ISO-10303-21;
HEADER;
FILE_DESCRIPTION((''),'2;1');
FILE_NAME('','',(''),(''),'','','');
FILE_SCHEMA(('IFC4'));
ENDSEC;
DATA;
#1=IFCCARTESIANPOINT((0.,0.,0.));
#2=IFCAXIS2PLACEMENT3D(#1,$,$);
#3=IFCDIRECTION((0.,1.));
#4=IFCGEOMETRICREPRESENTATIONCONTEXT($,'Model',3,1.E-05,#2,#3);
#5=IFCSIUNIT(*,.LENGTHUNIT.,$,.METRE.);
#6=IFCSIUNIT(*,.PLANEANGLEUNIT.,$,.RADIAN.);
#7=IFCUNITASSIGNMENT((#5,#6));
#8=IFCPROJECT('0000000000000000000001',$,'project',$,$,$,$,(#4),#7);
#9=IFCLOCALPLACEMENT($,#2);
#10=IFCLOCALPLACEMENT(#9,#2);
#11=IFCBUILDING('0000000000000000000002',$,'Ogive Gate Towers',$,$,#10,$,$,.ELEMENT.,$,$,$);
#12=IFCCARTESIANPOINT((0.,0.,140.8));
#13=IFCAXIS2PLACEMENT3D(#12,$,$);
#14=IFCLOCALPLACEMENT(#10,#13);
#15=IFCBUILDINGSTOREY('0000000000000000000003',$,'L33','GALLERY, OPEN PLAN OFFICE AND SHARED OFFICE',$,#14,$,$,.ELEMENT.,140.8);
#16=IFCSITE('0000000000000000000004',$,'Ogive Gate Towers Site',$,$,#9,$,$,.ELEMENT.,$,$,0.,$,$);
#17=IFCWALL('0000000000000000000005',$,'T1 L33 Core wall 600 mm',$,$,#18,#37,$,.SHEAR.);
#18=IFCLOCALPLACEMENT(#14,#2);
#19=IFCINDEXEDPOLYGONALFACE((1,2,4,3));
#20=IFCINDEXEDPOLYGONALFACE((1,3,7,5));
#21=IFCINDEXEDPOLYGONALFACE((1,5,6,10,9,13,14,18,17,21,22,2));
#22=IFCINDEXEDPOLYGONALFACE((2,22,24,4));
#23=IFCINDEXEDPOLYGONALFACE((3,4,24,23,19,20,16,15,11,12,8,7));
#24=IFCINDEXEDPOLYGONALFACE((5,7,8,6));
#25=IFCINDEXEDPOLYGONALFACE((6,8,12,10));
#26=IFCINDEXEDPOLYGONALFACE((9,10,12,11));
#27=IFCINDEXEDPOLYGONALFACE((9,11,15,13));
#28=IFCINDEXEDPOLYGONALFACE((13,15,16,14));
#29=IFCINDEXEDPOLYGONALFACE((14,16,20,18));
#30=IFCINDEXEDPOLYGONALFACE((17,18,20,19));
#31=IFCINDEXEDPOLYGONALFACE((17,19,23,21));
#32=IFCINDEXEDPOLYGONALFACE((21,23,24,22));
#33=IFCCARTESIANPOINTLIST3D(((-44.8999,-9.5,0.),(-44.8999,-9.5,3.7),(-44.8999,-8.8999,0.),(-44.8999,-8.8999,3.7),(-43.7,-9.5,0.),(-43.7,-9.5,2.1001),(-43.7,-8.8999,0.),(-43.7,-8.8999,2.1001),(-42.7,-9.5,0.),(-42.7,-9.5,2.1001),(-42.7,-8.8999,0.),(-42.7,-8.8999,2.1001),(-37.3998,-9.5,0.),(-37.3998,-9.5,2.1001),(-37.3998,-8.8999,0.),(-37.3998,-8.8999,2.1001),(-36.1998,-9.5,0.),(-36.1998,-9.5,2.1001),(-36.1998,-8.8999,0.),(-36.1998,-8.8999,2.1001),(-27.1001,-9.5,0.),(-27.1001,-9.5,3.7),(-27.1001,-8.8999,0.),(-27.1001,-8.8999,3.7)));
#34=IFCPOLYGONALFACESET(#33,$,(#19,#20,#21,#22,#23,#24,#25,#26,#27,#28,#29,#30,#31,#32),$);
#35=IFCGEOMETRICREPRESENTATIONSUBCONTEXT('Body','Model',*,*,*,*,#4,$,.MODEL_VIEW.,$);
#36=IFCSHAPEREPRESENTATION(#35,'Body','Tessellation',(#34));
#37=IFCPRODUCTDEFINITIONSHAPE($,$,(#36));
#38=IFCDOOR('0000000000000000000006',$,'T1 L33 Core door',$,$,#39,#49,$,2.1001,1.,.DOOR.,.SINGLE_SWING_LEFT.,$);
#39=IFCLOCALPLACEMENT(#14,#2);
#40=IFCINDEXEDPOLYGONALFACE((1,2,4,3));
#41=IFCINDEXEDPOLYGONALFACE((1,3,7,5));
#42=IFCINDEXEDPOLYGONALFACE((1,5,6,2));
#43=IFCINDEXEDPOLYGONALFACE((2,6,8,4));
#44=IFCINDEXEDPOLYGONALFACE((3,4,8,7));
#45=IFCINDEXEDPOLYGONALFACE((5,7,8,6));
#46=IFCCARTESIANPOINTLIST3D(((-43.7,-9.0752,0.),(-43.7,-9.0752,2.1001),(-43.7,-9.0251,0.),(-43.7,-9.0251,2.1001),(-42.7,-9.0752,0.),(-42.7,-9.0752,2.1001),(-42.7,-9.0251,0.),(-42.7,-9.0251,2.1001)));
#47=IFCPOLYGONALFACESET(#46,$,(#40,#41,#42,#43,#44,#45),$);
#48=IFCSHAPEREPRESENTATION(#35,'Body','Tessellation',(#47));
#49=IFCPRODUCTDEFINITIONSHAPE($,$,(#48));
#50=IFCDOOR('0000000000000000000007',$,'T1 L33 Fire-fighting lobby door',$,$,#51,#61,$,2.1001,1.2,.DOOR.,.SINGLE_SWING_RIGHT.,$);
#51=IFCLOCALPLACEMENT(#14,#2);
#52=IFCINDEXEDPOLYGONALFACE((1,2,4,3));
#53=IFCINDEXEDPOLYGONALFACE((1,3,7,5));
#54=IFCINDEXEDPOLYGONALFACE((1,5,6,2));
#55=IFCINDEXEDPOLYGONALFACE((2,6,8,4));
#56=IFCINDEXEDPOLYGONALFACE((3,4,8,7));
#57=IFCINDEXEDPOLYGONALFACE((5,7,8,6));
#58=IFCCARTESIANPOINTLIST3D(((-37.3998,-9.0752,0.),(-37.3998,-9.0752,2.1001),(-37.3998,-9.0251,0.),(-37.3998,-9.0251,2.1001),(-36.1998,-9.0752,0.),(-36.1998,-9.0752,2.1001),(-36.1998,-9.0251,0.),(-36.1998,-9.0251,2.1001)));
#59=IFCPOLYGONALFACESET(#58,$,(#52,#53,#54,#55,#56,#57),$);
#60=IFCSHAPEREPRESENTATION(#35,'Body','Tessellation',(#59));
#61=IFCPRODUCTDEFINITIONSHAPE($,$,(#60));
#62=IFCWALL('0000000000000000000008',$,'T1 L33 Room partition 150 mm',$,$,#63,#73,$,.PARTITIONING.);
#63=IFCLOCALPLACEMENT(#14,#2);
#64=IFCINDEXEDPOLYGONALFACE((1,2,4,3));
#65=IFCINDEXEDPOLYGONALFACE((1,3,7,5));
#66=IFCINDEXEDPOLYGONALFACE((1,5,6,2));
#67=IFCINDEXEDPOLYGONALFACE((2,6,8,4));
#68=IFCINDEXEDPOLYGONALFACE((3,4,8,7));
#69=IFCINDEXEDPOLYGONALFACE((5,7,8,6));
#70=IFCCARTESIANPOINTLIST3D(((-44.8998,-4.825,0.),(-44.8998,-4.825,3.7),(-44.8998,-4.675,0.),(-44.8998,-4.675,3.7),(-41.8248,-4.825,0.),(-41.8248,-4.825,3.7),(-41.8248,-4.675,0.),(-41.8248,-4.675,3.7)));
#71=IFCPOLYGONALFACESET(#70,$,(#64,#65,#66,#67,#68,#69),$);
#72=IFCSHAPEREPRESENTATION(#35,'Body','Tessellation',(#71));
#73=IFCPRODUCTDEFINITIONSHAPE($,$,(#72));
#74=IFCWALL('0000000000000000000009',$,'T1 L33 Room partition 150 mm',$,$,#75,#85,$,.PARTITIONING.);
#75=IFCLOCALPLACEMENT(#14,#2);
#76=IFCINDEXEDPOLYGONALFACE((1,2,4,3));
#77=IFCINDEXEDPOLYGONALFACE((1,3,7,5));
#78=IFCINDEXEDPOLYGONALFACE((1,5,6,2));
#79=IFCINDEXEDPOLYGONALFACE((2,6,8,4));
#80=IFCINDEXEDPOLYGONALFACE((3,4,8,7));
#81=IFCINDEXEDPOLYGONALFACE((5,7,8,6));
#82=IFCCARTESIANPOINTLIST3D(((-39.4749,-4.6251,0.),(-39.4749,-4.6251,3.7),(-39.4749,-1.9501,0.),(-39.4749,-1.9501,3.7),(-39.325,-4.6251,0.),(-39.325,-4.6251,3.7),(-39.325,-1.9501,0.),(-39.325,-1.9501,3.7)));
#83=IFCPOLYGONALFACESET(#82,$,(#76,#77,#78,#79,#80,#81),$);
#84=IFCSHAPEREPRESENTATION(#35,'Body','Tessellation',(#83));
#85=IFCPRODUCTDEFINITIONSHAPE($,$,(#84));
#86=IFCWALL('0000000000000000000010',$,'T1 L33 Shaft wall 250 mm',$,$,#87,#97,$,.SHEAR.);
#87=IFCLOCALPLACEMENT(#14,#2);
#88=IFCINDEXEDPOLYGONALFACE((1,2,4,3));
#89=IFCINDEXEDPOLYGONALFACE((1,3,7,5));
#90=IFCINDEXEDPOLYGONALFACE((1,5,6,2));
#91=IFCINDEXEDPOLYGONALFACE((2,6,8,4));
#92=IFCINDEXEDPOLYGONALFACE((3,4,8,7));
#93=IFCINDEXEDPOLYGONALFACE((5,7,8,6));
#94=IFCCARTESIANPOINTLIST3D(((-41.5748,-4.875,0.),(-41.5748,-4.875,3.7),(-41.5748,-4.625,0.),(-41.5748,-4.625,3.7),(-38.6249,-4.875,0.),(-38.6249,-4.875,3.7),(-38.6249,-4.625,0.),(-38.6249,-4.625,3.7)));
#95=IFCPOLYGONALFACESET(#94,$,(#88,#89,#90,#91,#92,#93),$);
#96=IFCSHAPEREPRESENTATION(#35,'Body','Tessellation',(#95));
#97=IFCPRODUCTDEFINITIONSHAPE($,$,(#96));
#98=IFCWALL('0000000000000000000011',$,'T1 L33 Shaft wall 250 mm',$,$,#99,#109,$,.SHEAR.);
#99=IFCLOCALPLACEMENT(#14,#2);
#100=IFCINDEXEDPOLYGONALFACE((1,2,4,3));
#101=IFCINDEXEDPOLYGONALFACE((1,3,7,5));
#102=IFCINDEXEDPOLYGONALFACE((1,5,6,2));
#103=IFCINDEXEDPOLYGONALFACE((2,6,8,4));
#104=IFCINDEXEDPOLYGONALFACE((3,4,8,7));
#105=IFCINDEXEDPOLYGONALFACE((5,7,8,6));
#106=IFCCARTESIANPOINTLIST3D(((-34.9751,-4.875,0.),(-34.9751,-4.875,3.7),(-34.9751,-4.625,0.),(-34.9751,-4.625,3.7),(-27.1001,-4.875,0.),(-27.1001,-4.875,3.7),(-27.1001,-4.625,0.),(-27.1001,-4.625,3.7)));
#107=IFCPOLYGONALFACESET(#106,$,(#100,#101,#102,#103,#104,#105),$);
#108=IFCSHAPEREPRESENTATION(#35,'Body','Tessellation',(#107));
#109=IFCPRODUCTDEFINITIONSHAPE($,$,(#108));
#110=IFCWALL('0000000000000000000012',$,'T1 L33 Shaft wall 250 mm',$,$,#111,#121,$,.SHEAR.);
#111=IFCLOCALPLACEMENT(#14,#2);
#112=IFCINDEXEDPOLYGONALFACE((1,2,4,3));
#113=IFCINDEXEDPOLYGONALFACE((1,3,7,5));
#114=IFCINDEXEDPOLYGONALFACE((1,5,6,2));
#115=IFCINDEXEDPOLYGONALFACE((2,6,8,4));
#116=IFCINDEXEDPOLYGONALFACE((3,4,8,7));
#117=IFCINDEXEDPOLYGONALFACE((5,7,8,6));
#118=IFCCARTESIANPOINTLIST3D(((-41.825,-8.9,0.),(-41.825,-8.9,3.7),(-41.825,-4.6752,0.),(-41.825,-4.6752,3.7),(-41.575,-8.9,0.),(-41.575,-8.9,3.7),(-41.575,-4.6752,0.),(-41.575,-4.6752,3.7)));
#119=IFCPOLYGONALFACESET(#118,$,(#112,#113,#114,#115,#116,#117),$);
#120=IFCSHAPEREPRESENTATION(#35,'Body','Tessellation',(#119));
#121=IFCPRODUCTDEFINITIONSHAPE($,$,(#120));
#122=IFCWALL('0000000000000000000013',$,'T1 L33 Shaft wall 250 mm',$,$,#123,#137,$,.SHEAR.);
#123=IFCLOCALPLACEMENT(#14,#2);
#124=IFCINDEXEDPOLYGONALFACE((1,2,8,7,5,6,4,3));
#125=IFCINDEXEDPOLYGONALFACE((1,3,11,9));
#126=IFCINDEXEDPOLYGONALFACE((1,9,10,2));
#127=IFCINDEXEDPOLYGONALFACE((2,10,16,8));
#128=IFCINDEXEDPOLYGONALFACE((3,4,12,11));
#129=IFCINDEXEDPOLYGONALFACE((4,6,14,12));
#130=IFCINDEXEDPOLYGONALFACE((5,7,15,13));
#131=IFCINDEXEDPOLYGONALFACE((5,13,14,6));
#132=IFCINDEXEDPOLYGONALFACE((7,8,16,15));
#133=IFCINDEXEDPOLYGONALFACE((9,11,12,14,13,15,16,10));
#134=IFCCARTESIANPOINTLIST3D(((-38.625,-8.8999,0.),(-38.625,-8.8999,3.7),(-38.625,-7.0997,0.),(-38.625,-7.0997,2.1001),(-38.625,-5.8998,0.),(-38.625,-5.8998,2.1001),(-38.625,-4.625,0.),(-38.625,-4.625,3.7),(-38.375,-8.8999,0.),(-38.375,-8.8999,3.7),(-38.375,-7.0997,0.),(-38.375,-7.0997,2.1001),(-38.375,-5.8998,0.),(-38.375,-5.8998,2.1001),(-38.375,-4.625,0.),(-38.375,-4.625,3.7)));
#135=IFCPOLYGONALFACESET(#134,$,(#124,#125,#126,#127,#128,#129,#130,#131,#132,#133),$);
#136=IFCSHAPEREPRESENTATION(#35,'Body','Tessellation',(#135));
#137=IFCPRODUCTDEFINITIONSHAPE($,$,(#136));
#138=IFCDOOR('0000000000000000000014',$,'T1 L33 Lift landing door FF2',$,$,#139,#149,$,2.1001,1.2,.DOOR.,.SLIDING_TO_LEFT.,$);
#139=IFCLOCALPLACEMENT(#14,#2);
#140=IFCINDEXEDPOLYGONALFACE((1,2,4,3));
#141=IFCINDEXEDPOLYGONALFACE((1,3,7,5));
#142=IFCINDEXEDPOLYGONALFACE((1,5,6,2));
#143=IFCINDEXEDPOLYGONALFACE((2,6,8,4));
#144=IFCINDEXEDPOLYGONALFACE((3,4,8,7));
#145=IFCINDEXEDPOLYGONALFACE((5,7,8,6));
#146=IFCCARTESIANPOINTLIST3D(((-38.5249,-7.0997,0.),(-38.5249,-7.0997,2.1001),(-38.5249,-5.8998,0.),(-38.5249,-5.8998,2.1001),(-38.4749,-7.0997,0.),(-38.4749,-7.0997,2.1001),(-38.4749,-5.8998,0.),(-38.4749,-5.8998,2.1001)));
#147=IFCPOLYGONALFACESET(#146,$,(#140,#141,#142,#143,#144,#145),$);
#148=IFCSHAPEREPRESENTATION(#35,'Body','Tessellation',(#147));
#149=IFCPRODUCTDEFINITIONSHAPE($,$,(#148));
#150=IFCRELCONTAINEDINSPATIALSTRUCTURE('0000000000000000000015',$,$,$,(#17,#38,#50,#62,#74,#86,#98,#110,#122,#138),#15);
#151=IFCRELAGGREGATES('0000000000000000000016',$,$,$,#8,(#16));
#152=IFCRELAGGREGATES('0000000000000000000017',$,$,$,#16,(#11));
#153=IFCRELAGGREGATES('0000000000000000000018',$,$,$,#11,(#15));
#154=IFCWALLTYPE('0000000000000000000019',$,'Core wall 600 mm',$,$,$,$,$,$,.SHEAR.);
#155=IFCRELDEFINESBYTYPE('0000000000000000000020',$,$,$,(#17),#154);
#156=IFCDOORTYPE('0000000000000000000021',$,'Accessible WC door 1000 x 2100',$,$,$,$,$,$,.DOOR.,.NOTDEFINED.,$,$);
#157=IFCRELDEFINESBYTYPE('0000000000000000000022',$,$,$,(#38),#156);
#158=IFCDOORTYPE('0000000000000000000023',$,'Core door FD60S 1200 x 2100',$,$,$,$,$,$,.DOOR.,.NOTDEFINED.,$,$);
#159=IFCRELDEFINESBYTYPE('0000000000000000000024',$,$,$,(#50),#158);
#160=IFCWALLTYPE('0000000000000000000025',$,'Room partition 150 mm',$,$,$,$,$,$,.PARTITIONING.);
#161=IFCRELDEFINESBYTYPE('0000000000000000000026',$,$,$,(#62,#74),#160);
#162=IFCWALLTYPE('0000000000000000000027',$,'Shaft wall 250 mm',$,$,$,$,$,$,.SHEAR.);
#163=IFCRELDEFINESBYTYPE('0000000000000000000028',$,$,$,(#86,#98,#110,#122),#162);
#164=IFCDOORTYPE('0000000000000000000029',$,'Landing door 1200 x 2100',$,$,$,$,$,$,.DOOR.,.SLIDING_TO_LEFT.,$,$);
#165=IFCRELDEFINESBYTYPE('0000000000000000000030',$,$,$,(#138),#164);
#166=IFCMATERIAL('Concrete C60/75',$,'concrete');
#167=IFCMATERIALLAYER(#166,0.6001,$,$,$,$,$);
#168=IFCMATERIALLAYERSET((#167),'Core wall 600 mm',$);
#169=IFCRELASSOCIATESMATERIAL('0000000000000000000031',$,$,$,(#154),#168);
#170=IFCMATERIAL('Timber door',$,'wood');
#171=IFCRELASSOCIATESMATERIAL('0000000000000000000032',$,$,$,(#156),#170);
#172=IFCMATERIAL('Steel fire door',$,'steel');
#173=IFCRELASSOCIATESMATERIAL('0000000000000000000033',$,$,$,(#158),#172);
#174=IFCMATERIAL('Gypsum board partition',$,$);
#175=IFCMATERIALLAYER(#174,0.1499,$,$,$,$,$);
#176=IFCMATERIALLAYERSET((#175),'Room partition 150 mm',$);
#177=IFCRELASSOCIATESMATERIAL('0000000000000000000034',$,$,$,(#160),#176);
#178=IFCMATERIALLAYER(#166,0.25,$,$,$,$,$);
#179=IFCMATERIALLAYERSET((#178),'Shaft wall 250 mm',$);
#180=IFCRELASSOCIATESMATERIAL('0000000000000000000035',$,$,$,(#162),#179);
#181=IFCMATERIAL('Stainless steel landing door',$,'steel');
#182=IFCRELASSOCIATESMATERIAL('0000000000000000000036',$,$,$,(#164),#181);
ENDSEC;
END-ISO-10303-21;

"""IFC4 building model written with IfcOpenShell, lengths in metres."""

from ifc_helpers import new_model, si_unit, direction, frame, frame_2d, origin, place, context, subcontext, project, spatial, rectangle, extrude, material, layer, layer_set, type_object, element, fill, save


model = new_model("IFC4")

# Units and contexts
model_context = context("Model", 3, precision=1e-05, world=origin(), true_north=direction((0.0, 1.0)))
body_context = subcontext(model_context, "Body", "Model", "MODEL_VIEW")
ifc_project = project(units=[si_unit("LENGTHUNIT", "METRE"), si_unit("PLANEANGLEUNIT", "RADIAN")], contexts=[model_context])

# Site, building, storey
site_placement = place(None, origin())
site = spatial("IfcSite", under=ifc_project, at=site_placement, Name="Ogive Gate Towers Site", CompositionType="ELEMENT", RefElevation=0.0)
building_placement = place(site_placement, origin())
building = spatial("IfcBuilding", under=site, at=building_placement, Name="Ogive Gate Towers", CompositionType="ELEMENT")
storey_placement = place(building_placement, frame((0.0, 0.0, 140.8)))
storey = spatial("IfcBuildingStorey", under=building, at=storey_placement, Name="L33", Description="GALLERY, OPEN PLAN OFFICE AND SHARED OFFICE", CompositionType="ELEMENT", Elevation=140.8)

# Wall, openings, doors
ifc_material_1 = material(Name="Concrete C60/75", Category="concrete")
ifc_layer_1 = layer(ifc_material_1, 0.6001)
ifc_layer_set_1 = layer_set([ifc_layer_1], Name="Core wall 600 mm")
wall_type_1 = type_object("IfcWallType", Name="Core wall 600 mm", PredefinedType="SHEAR", material=ifc_layer_set_1)
wall_1_placement = place(storey_placement, frame((-44.8999, -9.2, 0.0), z_axis=(0.0, 0.0, 1.0), x_axis=(1.0, 0.0, 0.0)))
wall_1 = element("IfcWall", 1, at=wall_1_placement, inside=storey, type_object=wall_type_1, Name="T1 L33 Core wall 600 mm", PredefinedType="SHEAR", context=body_context, shape_type="SweptSolid", body=[
    extrude(rectangle(XDim=17.7998, YDim=0.6001, at=frame_2d((8.8999, 0.0))), origin(), (0.0, 0.0, 1.0), 3.7),
])
opening_1_placement = place(wall_1_placement, frame((7.5, 0.0, 0.0)))
opening_1 = element("IfcOpeningElement", 2, at=opening_1_placement, cuts=wall_1, PredefinedType="OPENING", context=body_context, shape_type="SweptSolid", body=[
    extrude(rectangle(XDim=1.2, YDim=2.1001, at=frame_2d((0.6001, 1.05))), frame((0.0, 0.3101, 0.0), z_axis=(0.0, -1.0, 0.0), x_axis=(1.0, 0.0, 0.0)), (0.0, 0.0, 1.0), 0.6201),
])
opening_2_placement = place(wall_1_placement, frame((1.2, 0.0, 0.0)))
opening_2 = element("IfcOpeningElement", 3, at=opening_2_placement, cuts=wall_1, PredefinedType="OPENING", context=body_context, shape_type="SweptSolid", body=[
    extrude(rectangle(XDim=1.0, YDim=2.1001, at=frame_2d((0.5, 1.05))), frame((0.0, 0.3101, 0.0), z_axis=(0.0, -1.0, 0.0), x_axis=(1.0, 0.0, 0.0)), (0.0, 0.0, 1.0), 0.6201),
])
ifc_material_2 = material(Name="Timber door", Category="wood")
door_type_1 = type_object("IfcDoorType", Name="Accessible WC door 1000 x 2100", OperationType="NOTDEFINED", PredefinedType="DOOR", material=ifc_material_2)
door_1_placement = place(opening_2_placement, origin())
door_1 = element("IfcDoor", 4, at=door_1_placement, inside=storey, type_object=door_type_1, Name="T1 L33 Core door", OperationType="SINGLE_SWING_LEFT", OverallHeight=2.1001, OverallWidth=1.0, PredefinedType="DOOR", context=body_context, shape_type="SweptSolid", body=[
    extrude(rectangle(XDim=1.0, YDim=2.1001, at=frame_2d((0.5, 1.05))), frame((0.0, 0.1748, 0.0), z_axis=(0.0, -1.0, 0.0), x_axis=(1.0, 0.0, 0.0)), (0.0, 0.0, 1.0), 0.05),
])
fill(opening_2, door_1)
ifc_material_3 = material(Name="Steel fire door", Category="steel")
door_type_2 = type_object("IfcDoorType", Name="Core door FD60S 1200 x 2100", OperationType="NOTDEFINED", PredefinedType="DOOR", material=ifc_material_3)
door_2_placement = place(opening_1_placement, origin())
door_2 = element("IfcDoor", 5, at=door_2_placement, inside=storey, type_object=door_type_2, Name="T1 L33 Fire-fighting lobby door", OperationType="SINGLE_SWING_RIGHT", OverallHeight=2.1001, OverallWidth=1.2, PredefinedType="DOOR", context=body_context, shape_type="SweptSolid", body=[
    extrude(rectangle(XDim=1.2, YDim=2.1001, at=frame_2d((0.6001, 1.05))), frame((0.0, 0.1748, 0.0), z_axis=(0.0, -1.0, 0.0), x_axis=(1.0, 0.0, 0.0)), (0.0, 0.0, 1.0), 0.05),
])
fill(opening_1, door_2)

# Walls
ifc_material_4 = material(Name="Gypsum board partition")
ifc_layer_2 = layer(ifc_material_4, 0.1499)
ifc_layer_set_2 = layer_set([ifc_layer_2], Name="Room partition 150 mm")
wall_type_2 = type_object("IfcWallType", Name="Room partition 150 mm", PredefinedType="PARTITIONING", material=ifc_layer_set_2)
wall_2_placement = place(storey_placement, frame((-44.8999, -4.75, 0.0), z_axis=(0.0, 0.0, 1.0), x_axis=(1.0, 0.0, 0.0)))
element("IfcWall", 6, at=wall_2_placement, inside=storey, type_object=wall_type_2, Name="T1 L33 Room partition 150 mm", PredefinedType="PARTITIONING", context=body_context, shape_type="SweptSolid", body=[
    extrude(rectangle(XDim=3.075, YDim=0.1499, at=frame_2d((1.5376, 0.0))), origin(), (0.0, 0.0, 1.0), 3.7),
])
wall_3_placement = place(storey_placement, frame((-39.3999, -4.625, 0.0), z_axis=(0.0, 0.0, 1.0), x_axis=(0.0, 1.0, 0.0)))
element("IfcWall", 7, at=wall_3_placement, inside=storey, type_object=wall_type_2, Name="T1 L33 Room partition 150 mm", PredefinedType="PARTITIONING", context=body_context, shape_type="SweptSolid", body=[
    extrude(rectangle(XDim=2.675, YDim=0.1499, at=frame_2d((1.3374, 0.0))), origin(), (0.0, 0.0, 1.0), 3.7),
])
ifc_layer_3 = layer(ifc_material_1, 0.25)
ifc_layer_set_3 = layer_set([ifc_layer_3], Name="Shaft wall 250 mm")
wall_type_3 = type_object("IfcWallType", Name="Shaft wall 250 mm", PredefinedType="SHEAR", material=ifc_layer_set_3)
wall_4_placement = place(storey_placement, frame((-41.575, -4.75, 0.0), z_axis=(0.0, 0.0, 1.0), x_axis=(1.0, 0.0, 0.0)))
element("IfcWall", 8, at=wall_4_placement, inside=storey, type_object=wall_type_3, Name="T1 L33 Shaft wall 250 mm", PredefinedType="SHEAR", context=body_context, shape_type="SweptSolid", body=[
    extrude(rectangle(XDim=2.95, YDim=0.25, at=frame_2d((1.4751, 0.0))), origin(), (0.0, 0.0, 1.0), 3.7),
])
wall_5_placement = place(storey_placement, frame((-34.9751, -4.75, 0.0), z_axis=(0.0, 0.0, 1.0), x_axis=(1.0, 0.0, 0.0)))
element("IfcWall", 9, at=wall_5_placement, inside=storey, type_object=wall_type_3, Name="T1 L33 Shaft wall 250 mm", PredefinedType="SHEAR", context=body_context, shape_type="SweptSolid", body=[
    extrude(rectangle(XDim=7.875, YDim=0.25, at=frame_2d((3.9375, 0.0))), origin(), (0.0, 0.0, 1.0), 3.7),
])
wall_6_placement = place(storey_placement, frame((-41.7, -8.8999, 0.0), z_axis=(0.0, 0.0, 1.0), x_axis=(0.0, 1.0, 0.0)))
element("IfcWall", 10, at=wall_6_placement, inside=storey, type_object=wall_type_3, Name="T1 L33 Shaft wall 250 mm", PredefinedType="SHEAR", context=body_context, shape_type="SweptSolid", body=[
    extrude(rectangle(XDim=4.2249, YDim=0.25, at=frame_2d((2.1123, 0.0))), origin(), (0.0, 0.0, 1.0), 3.7),
])

# Wall, opening, door
wall_7_placement = place(storey_placement, frame((-38.5, -8.8999, 0.0), z_axis=(0.0, 0.0, 1.0), x_axis=(0.0, 1.0, 0.0)))
wall_7 = element("IfcWall", 11, at=wall_7_placement, inside=storey, type_object=wall_type_3, Name="T1 L33 Shaft wall 250 mm", PredefinedType="SHEAR", context=body_context, shape_type="SweptSolid", body=[
    extrude(rectangle(XDim=4.2749, YDim=0.25, at=frame_2d((2.1375, 0.0))), origin(), (0.0, 0.0, 1.0), 3.7),
])
opening_3_placement = place(wall_7_placement, frame((1.8, 0.0, 0.0)))
opening_3 = element("IfcOpeningElement", 12, at=opening_3_placement, cuts=wall_7, PredefinedType="OPENING", context=body_context, shape_type="SweptSolid", body=[
    extrude(rectangle(XDim=1.2, YDim=2.1001, at=frame_2d((0.6001, 1.05))), frame((0.0, 0.135, 0.0), z_axis=(0.0, -1.0, 0.0), x_axis=(1.0, 0.0, 0.0)), (0.0, 0.0, 1.0), 0.27),
])
ifc_material_5 = material(Name="Stainless steel landing door", Category="steel")
door_type_3 = type_object("IfcDoorType", Name="Landing door 1200 x 2100", OperationType="SLIDING_TO_LEFT", PredefinedType="DOOR", material=ifc_material_5)
door_3_placement = place(opening_3_placement, origin())
door_3 = element("IfcDoor", 13, at=door_3_placement, inside=storey, type_object=door_type_3, Name="T1 L33 Lift landing door FF2", OperationType="SLIDING_TO_LEFT", OverallHeight=2.1001, OverallWidth=1.2, PredefinedType="DOOR", context=body_context, shape_type="SweptSolid", body=[
    extrude(rectangle(XDim=1.2, YDim=2.1001, at=frame_2d((0.6001, 1.05))), frame((0.0, 0.0249, 0.0), z_axis=(0.0, -1.0, 0.0), x_axis=(1.0, 0.0, 0.0)), (0.0, 0.0, 1.0), 0.05),
])
fill(opening_3, door_3)

save(model, "model.ifc")
